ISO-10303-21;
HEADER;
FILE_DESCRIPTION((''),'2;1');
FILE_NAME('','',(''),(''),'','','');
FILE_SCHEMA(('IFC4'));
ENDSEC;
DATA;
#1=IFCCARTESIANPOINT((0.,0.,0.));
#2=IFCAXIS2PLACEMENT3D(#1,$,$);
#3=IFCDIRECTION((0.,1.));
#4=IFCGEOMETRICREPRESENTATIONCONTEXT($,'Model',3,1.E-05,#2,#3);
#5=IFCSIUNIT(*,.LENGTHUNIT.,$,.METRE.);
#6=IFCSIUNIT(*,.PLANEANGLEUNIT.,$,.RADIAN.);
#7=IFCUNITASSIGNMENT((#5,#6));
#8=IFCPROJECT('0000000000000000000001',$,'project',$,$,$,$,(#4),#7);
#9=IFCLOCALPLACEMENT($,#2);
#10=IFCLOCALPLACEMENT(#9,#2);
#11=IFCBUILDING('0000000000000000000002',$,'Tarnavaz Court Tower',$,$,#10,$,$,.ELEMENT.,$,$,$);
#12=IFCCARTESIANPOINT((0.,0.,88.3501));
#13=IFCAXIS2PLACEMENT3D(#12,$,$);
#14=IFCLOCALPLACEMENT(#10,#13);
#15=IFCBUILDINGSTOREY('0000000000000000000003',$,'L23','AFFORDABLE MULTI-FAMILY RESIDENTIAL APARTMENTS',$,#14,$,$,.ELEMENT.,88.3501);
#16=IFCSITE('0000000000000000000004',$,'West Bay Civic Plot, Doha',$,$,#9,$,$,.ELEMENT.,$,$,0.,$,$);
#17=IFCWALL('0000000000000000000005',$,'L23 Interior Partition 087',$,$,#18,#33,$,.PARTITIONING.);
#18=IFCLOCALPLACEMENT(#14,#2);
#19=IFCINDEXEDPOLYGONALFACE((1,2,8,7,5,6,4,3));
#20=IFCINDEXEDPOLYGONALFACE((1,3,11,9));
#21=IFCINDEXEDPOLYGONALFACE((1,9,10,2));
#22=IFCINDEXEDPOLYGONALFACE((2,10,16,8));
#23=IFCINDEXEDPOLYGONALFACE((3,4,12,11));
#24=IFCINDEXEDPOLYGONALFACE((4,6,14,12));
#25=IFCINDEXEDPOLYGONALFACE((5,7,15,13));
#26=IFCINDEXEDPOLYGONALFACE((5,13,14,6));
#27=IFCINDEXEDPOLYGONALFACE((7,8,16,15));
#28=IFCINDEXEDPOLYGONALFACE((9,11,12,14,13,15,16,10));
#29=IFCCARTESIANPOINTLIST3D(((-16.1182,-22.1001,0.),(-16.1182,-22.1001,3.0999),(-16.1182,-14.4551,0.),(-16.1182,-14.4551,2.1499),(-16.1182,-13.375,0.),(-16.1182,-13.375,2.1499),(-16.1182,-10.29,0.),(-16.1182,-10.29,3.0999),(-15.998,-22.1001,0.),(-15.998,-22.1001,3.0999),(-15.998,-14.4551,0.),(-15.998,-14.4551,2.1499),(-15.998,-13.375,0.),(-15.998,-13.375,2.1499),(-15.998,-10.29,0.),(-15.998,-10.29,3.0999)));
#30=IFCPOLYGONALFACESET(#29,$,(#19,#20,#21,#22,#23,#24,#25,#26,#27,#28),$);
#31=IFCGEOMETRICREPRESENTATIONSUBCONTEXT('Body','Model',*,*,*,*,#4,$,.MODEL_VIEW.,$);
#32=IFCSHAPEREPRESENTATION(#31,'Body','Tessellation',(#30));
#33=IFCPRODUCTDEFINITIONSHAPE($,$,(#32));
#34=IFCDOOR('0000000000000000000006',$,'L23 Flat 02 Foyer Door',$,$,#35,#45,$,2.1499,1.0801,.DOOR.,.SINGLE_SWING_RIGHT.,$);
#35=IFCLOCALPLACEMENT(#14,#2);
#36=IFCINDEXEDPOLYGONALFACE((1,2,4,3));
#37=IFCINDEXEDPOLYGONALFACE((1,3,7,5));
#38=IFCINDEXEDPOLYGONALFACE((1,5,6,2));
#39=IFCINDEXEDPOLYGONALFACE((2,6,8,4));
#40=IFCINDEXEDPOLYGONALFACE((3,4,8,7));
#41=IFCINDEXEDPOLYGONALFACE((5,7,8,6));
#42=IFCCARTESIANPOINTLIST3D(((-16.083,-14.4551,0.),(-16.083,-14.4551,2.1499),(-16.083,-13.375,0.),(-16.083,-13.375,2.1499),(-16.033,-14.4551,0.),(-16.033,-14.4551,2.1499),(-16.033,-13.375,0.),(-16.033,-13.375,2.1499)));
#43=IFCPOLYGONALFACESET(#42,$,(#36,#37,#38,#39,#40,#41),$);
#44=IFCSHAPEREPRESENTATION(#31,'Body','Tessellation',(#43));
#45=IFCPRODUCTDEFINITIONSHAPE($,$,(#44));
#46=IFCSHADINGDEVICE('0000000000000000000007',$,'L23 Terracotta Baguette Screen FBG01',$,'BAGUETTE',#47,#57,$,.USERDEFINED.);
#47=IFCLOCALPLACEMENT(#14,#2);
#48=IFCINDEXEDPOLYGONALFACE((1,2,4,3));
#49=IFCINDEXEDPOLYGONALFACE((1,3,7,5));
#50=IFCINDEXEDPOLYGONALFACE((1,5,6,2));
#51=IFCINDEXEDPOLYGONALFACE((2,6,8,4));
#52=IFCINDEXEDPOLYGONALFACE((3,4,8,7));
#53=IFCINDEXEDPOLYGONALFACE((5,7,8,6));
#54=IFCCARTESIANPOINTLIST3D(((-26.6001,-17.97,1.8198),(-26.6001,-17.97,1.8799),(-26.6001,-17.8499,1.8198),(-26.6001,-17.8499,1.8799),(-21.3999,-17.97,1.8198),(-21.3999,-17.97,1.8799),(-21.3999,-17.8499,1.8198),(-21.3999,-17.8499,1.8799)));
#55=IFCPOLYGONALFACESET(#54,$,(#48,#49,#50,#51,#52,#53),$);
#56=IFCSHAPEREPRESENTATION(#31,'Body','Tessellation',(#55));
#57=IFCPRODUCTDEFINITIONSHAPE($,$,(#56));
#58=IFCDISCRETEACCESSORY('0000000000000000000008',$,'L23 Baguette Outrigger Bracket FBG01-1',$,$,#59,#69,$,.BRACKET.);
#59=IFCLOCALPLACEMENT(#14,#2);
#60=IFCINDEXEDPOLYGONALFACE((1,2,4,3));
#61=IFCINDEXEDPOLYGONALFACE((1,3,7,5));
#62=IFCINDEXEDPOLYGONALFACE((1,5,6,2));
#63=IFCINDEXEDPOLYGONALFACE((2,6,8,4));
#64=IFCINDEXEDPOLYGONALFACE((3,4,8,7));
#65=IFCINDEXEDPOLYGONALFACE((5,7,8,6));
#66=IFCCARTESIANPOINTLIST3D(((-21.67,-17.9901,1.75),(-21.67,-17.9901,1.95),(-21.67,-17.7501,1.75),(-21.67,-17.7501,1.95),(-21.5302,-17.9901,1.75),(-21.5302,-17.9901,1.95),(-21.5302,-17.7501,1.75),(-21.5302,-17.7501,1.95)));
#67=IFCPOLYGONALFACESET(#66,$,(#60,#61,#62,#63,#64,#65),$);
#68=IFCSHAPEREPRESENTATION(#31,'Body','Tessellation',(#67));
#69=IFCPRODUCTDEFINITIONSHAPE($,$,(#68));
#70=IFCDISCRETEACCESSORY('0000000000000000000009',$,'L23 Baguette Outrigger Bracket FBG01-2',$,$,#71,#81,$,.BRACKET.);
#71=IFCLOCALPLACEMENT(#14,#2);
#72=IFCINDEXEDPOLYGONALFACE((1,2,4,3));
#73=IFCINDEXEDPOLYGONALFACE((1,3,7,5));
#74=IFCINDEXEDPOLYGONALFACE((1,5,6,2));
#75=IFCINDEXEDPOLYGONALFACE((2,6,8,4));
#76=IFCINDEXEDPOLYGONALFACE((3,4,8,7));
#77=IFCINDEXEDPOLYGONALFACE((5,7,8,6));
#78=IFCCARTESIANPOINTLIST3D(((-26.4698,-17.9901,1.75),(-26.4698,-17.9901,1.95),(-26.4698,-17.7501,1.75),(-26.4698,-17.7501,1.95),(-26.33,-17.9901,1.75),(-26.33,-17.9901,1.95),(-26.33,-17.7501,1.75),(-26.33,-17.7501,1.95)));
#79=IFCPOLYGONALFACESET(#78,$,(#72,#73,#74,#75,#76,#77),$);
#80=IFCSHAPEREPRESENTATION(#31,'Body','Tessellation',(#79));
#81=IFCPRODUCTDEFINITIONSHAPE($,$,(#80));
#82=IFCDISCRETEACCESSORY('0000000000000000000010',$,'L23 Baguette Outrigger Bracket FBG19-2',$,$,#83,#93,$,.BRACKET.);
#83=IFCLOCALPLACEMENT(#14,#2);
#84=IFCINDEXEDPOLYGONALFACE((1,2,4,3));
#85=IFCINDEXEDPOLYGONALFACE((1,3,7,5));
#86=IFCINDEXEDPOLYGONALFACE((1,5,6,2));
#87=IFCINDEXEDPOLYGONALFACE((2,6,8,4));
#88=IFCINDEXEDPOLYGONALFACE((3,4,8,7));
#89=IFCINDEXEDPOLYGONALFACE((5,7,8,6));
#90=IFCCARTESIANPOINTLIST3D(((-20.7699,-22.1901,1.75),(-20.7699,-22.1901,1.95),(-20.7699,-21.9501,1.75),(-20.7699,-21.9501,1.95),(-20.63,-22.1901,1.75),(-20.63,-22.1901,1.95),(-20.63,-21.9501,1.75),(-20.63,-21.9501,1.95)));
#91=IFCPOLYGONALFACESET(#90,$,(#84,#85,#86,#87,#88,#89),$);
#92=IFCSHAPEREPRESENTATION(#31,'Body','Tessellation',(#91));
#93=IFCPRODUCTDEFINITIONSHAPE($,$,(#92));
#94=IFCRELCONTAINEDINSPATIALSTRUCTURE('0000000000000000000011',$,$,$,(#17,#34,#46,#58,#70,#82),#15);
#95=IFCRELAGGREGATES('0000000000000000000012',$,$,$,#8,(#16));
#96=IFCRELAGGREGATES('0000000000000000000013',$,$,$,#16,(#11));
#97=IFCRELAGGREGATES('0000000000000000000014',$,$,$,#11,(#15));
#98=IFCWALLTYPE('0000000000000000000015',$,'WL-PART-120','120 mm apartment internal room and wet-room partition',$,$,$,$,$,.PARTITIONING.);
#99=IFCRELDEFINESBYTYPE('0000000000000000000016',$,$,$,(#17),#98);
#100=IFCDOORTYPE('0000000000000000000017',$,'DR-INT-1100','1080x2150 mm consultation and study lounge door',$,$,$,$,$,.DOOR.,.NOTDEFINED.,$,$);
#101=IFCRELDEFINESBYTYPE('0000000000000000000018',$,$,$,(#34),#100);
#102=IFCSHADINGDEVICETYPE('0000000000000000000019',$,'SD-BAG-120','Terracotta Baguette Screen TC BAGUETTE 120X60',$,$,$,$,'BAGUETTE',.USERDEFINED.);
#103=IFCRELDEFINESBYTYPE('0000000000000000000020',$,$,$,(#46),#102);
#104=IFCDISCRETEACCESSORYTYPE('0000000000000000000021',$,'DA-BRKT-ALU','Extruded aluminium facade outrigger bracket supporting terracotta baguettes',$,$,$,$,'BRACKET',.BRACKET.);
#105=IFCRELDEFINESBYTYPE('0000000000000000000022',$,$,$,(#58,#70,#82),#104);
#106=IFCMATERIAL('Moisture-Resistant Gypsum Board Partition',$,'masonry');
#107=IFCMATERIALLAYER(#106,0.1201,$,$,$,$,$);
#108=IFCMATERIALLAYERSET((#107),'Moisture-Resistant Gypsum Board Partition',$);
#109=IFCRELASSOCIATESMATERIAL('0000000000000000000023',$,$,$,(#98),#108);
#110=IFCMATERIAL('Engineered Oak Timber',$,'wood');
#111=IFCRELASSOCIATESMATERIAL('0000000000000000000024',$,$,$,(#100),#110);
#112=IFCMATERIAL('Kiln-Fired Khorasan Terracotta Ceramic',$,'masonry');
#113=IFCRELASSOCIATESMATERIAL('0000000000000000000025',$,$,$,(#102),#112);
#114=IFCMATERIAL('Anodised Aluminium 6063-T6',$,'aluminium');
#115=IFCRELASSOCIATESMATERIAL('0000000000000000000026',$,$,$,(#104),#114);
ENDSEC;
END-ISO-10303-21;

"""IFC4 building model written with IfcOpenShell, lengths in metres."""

from ifc_helpers import new_model, si_unit, direction, frame, frame_2d, origin, origin_2d, place, context, subcontext, project, spatial, rectangle, extrude, material, layer, layer_set, material_profile, profile_set, type_object, element, fill, save


model = new_model("IFC4")

# Units and contexts
model_context = context("Model", 3, precision=1e-05, world=origin(), true_north=direction((0.0, 1.0)))
body_context = subcontext(model_context, "Body", "Model", "MODEL_VIEW")
ifc_project = project(units=[si_unit("LENGTHUNIT", "METRE"), si_unit("PLANEANGLEUNIT", "RADIAN")], contexts=[model_context])

# Site, building, storey
site_placement = place(None, origin())
site = spatial("IfcSite", under=ifc_project, at=site_placement, Name="West Bay Civic Plot, Doha", CompositionType="ELEMENT", RefElevation=0.0)
building_placement = place(site_placement, origin())
building = spatial("IfcBuilding", under=site, at=building_placement, Name="Tarnavaz Court Tower", CompositionType="ELEMENT")
storey_placement = place(building_placement, frame((0.0, 0.0, 88.3501)))
storey = spatial("IfcBuildingStorey", under=building, at=storey_placement, Name="L23", Description="AFFORDABLE MULTI-FAMILY RESIDENTIAL APARTMENTS", CompositionType="ELEMENT", Elevation=88.3501)

# Wall, opening, door
ifc_material_1 = material(Name="Moisture-Resistant Gypsum Board Partition", Category="masonry")
ifc_layer_1 = layer(ifc_material_1, 0.1201)
ifc_layer_set_1 = layer_set([ifc_layer_1], Name="Moisture-Resistant Gypsum Board Partition")
wall_type_1 = type_object("IfcWallType", Name="WL-PART-120", Description="120 mm apartment internal room and wet-room partition", PredefinedType="PARTITIONING", material=ifc_layer_set_1)
wall_1_placement = place(storey_placement, frame((-16.0581, -22.1001, 0.0), z_axis=(0.0, 0.0, 1.0), x_axis=(0.0, 1.0, 0.0)))
wall_1 = element("IfcWall", 1, at=wall_1_placement, inside=storey, type_object=wall_type_1, Name="L23 Interior Partition 087", PredefinedType="PARTITIONING", context=body_context, shape_type="SweptSolid", body=[
    extrude(rectangle(XDim=11.8101, YDim=0.1201, at=frame_2d((5.905, 0.0))), origin(), (0.0, 0.0, 1.0), 3.0999),
])
opening_1_placement = place(wall_1_placement, frame((7.645, 0.0, 0.0)))
opening_1 = element("IfcOpeningElement", 2, at=opening_1_placement, cuts=wall_1, PredefinedType="OPENING", context=body_context, shape_type="SweptSolid", body=[
    extrude(rectangle(XDim=1.0801, YDim=2.1499, at=frame_2d((0.54, 1.075))), frame((0.0, 0.0701, 0.0), z_axis=(0.0, -1.0, 0.0), x_axis=(1.0, 0.0, 0.0)), (0.0, 0.0, 1.0), 0.1401),
])
ifc_material_2 = material(Name="Engineered Oak Timber", Category="wood")
door_type = type_object("IfcDoorType", Name="DR-INT-1100", Description="1080x2150 mm consultation and study lounge door", OperationType="NOTDEFINED", PredefinedType="DOOR", material=ifc_material_2)
door_placement = place(opening_1_placement, origin())
door = element("IfcDoor", 3, at=door_placement, inside=storey, type_object=door_type, Name="L23 Flat 02 Foyer Door", OperationType="SINGLE_SWING_RIGHT", OverallHeight=2.1499, OverallWidth=1.0801, PredefinedType="DOOR", context=body_context, shape_type="SweptSolid", body=[
    extrude(rectangle(XDim=1.0801, YDim=2.1499, at=frame_2d((0.54, 1.075))), frame((0.0, 0.0249, 0.0), z_axis=(0.0, -1.0, 0.0), x_axis=(1.0, 0.0, 0.0)), (0.0, 0.0, 1.0), 0.05),
])
fill(opening_1, door)

# Shading device
ifc_material_3 = material(Name="Kiln-Fired Khorasan Terracotta Ceramic", Category="masonry")
ifc_material_profile_1 = material_profile(ifc_material_3, rectangle(XDim=0.1201, YDim=0.0601, at=origin_2d()), Name="TC BAGUETTE 120X60")
ifc_profile_set_1 = profile_set([ifc_material_profile_1], Name="Kiln-Fired Khorasan Terracotta Ceramic")
shading_device_type = type_object("IfcShadingDeviceType", Name="SD-BAG-120", Description="Terracotta Baguette Screen TC BAGUETTE 120X60", ElementType="BAGUETTE", PredefinedType="USERDEFINED", material=ifc_profile_set_1)
shading_device_placement = place(storey_placement, frame((-21.3999, -17.9099, 1.8499), z_axis=(-1.0, 0.0, 0.0), x_axis=(0.0, -1.0, 0.0)))
element("IfcShadingDevice", 4, at=shading_device_placement, inside=storey, type_object=shading_device_type, Name="L23 Terracotta Baguette Screen FBG01", ObjectType="BAGUETTE", PredefinedType="USERDEFINED", context=body_context, shape_type="SweptSolid", body=[
    extrude(rectangle(XDim=0.1201, YDim=0.0601, at=origin_2d()), origin(), (0.0, 0.0, 1.0), 5.2002),
])

# Discrete accessories
ifc_material_4 = material(Name="Anodised Aluminium 6063-T6", Category="aluminium")
discrete_accessory_type = type_object("IfcDiscreteAccessoryType", Name="DA-BRKT-ALU", Description="Extruded aluminium facade outrigger bracket supporting terracotta baguettes", ElementType="BRACKET", PredefinedType="BRACKET", material=ifc_material_4)
for number, where, z_axis, x_axis, name in (
    (5, (-21.6001, -17.8701, 1.75), (0.0, 0.0, 1.0), (-1.0, 0.0, 0.0), "L23 Baguette Outrigger Bracket FBG01-1"),
    (6, (-26.3999, -17.8701, 1.75), (0.0, 0.0, 1.0), (-1.0, 0.0, 0.0), "L23 Baguette Outrigger Bracket FBG01-2"),
    (7, (-20.7, -22.0701, 1.75), (0.0, 0.0, 1.0), (-1.0, 0.0, 0.0), "L23 Baguette Outrigger Bracket FBG19-2"),
):
    element("IfcDiscreteAccessory", number, at=place(storey_placement, frame(where, z_axis=z_axis, x_axis=x_axis)), inside=storey, type_object=discrete_accessory_type, Name=name, PredefinedType="BRACKET", context=body_context, shape_type="SweptSolid", body=[
        extrude(rectangle(XDim=0.1399, YDim=0.24, at=origin_2d()), origin(), (0.0, 0.0, 1.0), 0.2),
    ])

save(model, "model.ifc")
